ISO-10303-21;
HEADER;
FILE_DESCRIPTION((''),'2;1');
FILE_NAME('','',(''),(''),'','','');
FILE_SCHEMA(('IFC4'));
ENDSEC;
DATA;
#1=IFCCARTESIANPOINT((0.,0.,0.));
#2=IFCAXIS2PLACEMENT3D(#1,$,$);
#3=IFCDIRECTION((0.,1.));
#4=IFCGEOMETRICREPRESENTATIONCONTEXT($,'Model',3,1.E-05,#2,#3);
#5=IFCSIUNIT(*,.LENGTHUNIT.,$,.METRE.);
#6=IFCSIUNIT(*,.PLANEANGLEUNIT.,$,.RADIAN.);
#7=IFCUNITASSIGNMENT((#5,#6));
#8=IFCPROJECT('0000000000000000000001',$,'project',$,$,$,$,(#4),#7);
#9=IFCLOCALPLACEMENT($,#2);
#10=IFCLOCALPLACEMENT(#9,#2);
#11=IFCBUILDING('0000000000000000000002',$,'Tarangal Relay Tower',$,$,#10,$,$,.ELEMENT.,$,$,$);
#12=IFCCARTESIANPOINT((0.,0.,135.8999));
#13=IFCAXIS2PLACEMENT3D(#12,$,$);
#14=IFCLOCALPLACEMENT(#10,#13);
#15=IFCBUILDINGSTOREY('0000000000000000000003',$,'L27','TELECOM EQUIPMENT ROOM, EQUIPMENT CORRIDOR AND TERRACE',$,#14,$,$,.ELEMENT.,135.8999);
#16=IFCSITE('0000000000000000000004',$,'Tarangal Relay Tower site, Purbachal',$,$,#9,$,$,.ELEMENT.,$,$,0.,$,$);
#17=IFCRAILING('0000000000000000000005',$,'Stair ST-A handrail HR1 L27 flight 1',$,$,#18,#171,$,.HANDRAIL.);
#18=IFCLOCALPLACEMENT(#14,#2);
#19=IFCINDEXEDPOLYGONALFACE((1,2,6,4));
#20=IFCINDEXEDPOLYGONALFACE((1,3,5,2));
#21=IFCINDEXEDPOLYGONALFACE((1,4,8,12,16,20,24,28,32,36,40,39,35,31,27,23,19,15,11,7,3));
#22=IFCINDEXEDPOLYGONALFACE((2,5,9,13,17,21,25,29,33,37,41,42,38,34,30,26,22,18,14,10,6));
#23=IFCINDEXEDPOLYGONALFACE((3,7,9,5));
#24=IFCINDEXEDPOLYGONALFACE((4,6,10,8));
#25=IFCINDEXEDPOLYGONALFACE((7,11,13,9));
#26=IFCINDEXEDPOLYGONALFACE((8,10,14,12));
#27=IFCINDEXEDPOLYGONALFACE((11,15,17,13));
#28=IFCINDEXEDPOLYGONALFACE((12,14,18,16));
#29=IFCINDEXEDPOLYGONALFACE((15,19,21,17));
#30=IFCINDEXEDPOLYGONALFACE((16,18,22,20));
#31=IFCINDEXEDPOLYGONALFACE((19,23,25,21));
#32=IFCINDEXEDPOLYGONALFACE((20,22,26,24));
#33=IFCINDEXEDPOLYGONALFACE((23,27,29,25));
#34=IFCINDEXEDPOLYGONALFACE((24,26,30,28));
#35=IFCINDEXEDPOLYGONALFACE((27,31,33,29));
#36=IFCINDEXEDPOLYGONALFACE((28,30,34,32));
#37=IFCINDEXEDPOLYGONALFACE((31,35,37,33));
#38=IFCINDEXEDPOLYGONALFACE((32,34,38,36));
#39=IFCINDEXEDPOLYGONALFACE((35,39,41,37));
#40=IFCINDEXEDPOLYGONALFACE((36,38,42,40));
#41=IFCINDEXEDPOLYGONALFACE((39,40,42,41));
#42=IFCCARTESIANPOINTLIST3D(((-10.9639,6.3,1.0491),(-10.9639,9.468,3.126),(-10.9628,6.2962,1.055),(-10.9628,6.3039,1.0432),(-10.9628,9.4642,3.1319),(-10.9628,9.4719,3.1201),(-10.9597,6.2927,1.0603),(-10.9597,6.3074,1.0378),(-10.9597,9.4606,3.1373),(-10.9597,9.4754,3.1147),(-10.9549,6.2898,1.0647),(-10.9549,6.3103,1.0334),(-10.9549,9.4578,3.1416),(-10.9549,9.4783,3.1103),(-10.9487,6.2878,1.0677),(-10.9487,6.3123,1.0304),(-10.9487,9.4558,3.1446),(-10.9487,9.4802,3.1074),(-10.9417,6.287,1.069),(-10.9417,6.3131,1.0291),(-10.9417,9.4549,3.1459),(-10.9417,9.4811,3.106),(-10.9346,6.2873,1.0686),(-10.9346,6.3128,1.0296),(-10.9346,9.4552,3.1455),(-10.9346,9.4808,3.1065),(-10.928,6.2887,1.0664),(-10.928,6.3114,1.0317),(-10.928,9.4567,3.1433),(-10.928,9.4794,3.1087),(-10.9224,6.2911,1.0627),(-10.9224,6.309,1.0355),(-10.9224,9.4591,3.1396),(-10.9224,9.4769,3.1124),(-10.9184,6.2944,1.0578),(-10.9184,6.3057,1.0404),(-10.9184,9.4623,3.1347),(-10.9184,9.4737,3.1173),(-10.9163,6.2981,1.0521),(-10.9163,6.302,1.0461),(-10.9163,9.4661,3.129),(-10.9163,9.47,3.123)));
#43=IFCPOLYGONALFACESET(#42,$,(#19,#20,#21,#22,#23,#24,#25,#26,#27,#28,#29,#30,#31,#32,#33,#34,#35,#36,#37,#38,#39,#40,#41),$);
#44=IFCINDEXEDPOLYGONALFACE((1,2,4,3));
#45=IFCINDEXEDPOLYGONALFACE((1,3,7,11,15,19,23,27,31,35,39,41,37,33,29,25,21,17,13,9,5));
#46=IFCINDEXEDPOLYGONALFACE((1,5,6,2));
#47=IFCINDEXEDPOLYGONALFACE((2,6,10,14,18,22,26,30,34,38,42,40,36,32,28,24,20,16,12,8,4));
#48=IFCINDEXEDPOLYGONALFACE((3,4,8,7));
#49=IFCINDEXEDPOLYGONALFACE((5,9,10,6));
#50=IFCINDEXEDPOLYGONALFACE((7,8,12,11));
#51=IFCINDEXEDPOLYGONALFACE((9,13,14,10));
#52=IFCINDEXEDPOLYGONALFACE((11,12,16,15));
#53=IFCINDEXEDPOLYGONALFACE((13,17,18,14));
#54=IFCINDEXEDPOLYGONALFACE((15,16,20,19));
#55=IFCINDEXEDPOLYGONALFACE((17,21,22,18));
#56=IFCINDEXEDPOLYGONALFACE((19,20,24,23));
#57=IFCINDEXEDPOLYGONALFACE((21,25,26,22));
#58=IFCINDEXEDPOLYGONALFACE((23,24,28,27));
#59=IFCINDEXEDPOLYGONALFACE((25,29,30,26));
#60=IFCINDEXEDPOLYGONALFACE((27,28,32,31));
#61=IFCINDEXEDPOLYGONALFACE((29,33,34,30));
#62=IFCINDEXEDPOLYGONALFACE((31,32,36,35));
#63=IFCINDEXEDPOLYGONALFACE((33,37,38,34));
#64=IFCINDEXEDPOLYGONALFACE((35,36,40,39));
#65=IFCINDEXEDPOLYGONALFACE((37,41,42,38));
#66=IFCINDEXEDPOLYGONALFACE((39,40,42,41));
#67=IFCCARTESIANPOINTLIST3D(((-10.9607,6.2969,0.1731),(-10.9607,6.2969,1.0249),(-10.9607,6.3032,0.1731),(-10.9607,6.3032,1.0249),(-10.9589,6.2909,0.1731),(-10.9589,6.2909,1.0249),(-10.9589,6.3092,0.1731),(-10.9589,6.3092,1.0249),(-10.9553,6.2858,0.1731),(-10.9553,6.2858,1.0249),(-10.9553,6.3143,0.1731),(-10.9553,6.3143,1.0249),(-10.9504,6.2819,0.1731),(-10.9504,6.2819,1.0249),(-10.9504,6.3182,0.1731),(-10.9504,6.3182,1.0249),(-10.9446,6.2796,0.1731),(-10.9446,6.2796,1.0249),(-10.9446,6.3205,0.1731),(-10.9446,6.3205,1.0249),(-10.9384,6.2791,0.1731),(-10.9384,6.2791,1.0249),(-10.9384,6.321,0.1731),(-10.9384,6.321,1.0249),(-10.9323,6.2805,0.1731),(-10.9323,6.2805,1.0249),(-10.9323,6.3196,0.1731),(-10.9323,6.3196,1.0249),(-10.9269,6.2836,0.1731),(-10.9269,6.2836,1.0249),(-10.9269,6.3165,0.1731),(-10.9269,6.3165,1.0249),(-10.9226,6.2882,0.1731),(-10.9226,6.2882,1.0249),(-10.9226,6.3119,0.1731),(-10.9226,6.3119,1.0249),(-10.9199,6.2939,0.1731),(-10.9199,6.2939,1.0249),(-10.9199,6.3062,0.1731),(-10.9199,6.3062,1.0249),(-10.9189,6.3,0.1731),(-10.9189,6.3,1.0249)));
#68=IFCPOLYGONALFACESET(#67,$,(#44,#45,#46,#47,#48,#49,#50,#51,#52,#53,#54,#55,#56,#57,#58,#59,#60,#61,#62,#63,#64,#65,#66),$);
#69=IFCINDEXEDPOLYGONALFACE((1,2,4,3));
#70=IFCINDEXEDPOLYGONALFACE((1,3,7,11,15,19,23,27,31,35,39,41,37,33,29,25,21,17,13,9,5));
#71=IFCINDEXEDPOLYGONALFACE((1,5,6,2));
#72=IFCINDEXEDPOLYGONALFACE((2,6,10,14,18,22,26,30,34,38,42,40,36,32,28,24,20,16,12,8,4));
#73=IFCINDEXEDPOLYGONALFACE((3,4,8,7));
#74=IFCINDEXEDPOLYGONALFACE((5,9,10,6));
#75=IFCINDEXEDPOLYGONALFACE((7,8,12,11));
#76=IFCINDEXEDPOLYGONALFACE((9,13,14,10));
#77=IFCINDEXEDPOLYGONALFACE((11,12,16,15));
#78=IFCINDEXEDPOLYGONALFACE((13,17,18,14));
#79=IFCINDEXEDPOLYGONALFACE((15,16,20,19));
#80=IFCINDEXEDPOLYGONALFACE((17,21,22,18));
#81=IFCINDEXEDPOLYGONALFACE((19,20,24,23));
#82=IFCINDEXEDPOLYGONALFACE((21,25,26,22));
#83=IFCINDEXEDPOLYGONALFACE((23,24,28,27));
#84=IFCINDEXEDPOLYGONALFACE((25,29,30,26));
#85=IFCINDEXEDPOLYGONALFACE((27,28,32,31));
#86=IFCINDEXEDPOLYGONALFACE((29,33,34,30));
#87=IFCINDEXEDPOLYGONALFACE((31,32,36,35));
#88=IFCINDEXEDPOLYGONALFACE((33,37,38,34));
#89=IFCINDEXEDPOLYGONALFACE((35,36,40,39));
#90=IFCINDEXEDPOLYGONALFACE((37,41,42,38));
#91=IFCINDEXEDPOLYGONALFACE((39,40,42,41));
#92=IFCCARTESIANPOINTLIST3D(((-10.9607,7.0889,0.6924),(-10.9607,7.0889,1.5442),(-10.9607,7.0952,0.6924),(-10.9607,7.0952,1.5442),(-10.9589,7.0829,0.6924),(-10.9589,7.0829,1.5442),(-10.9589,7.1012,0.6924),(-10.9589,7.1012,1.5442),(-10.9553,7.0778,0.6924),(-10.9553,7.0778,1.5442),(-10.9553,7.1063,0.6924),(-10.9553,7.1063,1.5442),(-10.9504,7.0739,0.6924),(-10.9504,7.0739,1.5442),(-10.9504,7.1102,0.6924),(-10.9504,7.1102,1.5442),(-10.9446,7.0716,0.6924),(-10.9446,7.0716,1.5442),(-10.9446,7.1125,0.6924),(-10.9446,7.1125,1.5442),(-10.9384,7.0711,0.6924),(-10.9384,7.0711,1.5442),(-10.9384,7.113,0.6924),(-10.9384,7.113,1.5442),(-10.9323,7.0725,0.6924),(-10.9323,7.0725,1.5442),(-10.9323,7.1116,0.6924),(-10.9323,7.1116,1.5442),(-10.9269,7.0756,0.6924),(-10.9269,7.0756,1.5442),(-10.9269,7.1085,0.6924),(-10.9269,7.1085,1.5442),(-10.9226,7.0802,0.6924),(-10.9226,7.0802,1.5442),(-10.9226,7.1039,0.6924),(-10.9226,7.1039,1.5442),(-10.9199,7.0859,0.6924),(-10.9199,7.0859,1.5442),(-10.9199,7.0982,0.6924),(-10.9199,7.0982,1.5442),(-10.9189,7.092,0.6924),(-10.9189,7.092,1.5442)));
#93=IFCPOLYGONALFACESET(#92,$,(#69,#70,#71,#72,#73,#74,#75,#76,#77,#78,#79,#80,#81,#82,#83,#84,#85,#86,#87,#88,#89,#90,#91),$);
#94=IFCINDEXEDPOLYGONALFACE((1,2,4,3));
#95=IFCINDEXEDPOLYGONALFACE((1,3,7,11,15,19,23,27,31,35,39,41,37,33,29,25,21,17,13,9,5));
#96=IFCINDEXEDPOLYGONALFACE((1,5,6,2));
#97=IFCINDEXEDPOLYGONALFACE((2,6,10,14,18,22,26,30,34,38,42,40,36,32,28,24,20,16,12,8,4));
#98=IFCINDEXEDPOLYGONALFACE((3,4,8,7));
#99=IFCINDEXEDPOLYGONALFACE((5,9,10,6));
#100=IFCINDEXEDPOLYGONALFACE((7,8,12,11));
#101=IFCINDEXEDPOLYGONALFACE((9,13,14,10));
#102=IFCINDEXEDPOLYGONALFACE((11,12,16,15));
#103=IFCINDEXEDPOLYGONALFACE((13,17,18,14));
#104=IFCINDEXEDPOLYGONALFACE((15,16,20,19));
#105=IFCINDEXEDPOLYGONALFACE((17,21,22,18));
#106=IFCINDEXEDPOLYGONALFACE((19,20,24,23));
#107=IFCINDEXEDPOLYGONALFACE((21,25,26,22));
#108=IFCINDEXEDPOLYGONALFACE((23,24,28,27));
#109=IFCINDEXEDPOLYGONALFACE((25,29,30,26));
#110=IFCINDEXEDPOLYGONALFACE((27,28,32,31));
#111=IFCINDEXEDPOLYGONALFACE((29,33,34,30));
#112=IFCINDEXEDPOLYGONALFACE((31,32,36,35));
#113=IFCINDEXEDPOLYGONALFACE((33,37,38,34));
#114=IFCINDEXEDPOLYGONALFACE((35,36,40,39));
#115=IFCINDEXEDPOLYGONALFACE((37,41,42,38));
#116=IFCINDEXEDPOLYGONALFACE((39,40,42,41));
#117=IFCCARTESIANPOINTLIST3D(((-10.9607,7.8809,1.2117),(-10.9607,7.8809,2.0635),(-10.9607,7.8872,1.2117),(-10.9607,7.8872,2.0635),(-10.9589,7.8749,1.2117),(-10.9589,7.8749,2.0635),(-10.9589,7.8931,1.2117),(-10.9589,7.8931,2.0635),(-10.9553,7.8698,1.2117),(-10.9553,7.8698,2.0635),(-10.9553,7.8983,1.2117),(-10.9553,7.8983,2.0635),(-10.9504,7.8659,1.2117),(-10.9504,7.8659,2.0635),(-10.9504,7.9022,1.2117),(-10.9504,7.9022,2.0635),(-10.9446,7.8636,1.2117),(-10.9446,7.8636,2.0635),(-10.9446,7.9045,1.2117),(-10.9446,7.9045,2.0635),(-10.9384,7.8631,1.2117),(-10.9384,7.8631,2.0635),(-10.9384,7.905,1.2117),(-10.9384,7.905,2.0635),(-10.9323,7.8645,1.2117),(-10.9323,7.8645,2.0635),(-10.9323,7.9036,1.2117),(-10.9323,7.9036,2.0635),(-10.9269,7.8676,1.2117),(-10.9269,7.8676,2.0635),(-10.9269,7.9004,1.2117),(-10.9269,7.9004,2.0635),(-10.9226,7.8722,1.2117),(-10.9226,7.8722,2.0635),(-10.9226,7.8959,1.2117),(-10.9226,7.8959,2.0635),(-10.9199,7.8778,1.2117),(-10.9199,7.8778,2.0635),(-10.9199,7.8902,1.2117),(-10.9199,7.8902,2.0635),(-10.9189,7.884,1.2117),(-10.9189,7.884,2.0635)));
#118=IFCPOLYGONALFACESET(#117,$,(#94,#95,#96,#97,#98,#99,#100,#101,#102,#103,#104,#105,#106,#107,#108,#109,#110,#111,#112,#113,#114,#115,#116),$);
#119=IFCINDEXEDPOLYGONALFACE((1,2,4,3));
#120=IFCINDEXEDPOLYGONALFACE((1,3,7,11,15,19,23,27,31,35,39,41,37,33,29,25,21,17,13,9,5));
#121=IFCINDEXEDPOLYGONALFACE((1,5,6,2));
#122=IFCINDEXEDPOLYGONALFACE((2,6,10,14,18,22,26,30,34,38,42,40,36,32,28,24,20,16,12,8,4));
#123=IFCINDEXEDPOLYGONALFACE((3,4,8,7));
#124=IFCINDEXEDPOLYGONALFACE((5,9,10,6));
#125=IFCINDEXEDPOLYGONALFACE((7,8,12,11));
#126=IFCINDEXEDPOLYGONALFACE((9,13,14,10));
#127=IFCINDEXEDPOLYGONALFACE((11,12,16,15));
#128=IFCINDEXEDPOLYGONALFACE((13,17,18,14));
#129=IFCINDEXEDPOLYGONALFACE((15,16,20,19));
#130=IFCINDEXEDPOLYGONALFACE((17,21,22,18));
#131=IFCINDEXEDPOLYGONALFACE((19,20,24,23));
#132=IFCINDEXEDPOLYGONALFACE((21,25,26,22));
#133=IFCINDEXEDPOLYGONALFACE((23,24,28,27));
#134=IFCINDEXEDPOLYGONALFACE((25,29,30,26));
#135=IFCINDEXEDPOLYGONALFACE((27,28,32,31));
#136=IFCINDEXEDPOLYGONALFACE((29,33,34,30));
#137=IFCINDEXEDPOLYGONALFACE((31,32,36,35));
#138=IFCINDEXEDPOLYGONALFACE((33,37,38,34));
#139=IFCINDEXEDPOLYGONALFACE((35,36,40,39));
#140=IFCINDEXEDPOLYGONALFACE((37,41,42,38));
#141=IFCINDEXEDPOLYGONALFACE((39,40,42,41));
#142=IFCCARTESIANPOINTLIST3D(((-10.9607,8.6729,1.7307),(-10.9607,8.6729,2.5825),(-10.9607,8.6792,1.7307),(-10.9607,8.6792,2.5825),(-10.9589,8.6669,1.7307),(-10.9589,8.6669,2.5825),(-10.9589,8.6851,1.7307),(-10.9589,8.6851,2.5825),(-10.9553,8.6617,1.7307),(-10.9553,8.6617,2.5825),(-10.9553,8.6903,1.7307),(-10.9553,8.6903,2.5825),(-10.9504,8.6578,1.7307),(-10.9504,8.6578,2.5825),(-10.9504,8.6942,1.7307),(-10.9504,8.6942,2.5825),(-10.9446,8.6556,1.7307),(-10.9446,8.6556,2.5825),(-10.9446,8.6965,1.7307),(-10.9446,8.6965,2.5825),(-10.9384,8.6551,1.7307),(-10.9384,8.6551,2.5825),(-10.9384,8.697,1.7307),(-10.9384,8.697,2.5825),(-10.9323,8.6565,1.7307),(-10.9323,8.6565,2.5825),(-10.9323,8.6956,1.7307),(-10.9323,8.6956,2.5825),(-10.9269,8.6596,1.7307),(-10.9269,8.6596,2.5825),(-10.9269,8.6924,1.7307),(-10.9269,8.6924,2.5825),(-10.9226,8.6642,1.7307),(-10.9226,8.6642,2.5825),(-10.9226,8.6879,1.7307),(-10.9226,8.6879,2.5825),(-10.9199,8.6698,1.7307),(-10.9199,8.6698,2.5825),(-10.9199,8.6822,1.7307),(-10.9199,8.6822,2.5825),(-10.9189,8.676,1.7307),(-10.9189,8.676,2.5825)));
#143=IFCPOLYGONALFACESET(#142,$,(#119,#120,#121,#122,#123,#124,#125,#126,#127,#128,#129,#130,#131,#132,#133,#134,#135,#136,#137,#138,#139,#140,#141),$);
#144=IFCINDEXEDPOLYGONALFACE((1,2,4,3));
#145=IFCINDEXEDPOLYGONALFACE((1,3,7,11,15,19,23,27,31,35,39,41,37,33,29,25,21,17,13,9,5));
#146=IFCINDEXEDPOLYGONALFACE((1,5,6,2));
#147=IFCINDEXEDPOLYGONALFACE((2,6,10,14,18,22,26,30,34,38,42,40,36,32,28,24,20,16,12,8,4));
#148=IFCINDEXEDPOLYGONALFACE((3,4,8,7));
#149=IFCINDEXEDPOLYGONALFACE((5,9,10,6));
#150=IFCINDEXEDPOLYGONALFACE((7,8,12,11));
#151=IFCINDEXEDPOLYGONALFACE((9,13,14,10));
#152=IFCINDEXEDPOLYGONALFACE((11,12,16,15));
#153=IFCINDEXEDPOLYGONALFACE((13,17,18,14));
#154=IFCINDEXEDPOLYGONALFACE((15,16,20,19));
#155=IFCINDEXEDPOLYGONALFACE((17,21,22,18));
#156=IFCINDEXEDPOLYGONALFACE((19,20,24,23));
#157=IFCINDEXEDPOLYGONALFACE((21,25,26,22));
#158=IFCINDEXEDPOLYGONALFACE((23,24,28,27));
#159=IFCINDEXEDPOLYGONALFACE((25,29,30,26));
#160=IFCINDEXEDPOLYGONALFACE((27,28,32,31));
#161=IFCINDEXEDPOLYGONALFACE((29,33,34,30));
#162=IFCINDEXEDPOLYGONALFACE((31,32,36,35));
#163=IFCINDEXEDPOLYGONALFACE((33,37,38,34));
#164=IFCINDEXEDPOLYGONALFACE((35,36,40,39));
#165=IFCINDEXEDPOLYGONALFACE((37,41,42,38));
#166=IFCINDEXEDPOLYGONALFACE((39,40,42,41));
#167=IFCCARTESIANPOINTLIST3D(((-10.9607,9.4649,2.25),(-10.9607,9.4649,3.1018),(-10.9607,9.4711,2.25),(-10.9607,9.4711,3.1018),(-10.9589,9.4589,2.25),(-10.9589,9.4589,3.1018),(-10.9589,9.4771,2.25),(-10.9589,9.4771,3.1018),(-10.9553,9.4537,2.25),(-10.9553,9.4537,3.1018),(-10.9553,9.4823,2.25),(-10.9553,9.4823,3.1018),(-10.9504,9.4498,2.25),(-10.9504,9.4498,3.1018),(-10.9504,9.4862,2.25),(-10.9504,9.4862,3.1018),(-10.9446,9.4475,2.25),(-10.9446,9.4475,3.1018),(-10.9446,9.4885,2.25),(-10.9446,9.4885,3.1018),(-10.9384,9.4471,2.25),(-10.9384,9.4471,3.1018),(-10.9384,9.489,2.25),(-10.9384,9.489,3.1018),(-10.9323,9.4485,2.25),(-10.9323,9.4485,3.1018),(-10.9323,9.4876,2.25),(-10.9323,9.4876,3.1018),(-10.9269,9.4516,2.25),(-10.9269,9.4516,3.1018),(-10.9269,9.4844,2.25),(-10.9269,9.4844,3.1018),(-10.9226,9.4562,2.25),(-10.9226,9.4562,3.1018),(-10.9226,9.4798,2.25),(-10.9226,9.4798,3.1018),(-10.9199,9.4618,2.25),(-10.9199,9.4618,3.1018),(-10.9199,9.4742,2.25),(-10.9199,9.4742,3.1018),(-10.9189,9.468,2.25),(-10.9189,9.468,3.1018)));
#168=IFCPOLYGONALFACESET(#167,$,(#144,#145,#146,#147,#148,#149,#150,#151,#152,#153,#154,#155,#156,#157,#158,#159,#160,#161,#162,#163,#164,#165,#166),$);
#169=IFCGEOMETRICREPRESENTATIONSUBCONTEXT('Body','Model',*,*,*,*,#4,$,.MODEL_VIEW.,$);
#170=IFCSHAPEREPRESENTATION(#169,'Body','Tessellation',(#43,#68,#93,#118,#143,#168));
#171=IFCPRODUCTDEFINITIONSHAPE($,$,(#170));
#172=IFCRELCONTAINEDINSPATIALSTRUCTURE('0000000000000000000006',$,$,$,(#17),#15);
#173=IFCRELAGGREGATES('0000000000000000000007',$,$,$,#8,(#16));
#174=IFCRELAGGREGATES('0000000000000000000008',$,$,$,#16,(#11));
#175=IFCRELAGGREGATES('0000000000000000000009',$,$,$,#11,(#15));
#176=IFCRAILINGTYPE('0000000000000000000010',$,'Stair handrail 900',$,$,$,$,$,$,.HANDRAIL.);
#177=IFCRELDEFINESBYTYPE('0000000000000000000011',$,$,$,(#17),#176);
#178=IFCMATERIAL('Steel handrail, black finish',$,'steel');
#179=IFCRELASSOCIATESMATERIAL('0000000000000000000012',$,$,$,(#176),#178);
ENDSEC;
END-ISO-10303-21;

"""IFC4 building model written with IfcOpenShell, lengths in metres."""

from ifc_helpers import new_model, si_unit, direction, frame, origin, origin_2d, place, context, subcontext, project, spatial, circle, extrude, material, type_object, element, save


model = new_model("IFC4")

# Units and contexts
model_context = context("Model", 3, precision=1e-05, world=origin(), true_north=direction((0.0, 1.0)))
body_context = subcontext(model_context, "Body", "Model", "MODEL_VIEW")
ifc_project = project(units=[si_unit("LENGTHUNIT", "METRE"), si_unit("PLANEANGLEUNIT", "RADIAN")], contexts=[model_context])

# Site, building, storey
site_placement = place(None, origin())
site = spatial("IfcSite", under=ifc_project, at=site_placement, Name="Tarangal Relay Tower site, Purbachal", CompositionType="ELEMENT", RefElevation=0.0)
building_placement = place(site_placement, origin())
building = spatial("IfcBuilding", under=site, at=building_placement, Name="Tarangal Relay Tower", CompositionType="ELEMENT")
storey_placement = place(building_placement, frame((0.0, 0.0, 135.8999)))
storey = spatial("IfcBuildingStorey", under=building, at=storey_placement, Name="L27", Description="TELECOM EQUIPMENT ROOM, EQUIPMENT CORRIDOR AND TERRACE", CompositionType="ELEMENT", Elevation=135.8999)

# Railing
ifc_material_1 = material(Name="Steel handrail, black finish", Category="steel")
railing_type_1 = type_object("IfcRailingType", Name="Stair handrail 900", PredefinedType="HANDRAIL", material=ifc_material_1)
railing_1_placement = place(storey_placement, frame((-10.9399, 6.3, 0.1731)))
element("IfcRailing", 1, at=railing_1_placement, inside=storey, type_object=railing_type_1, Name="Stair ST-A handrail HR1 L27 flight 1", PredefinedType="HANDRAIL", context=body_context, shape_type="SweptSolid", body=[
    extrude(circle(Radius=0.0239, at=origin_2d()), frame((0.0, 0.0, 0.876), z_axis=(0.0, 0.836299, 0.548273), x_axis=(-1.0, 0.0, 0.0)), (0.0, 0.0, 1.0), 3.7881),
    extrude(circle(Radius=0.021, at=origin_2d()), origin(), (0.0, 0.0, 1.0), 0.8518),
    extrude(circle(Radius=0.021, at=origin_2d()), frame((0.0, 0.792, 0.5193)), (0.0, 0.0, 1.0), 0.8518),
    extrude(circle(Radius=0.021, at=origin_2d()), frame((0.0, 1.584, 1.0386)), (0.0, 0.0, 1.0), 0.8518),
    extrude(circle(Radius=0.021, at=origin_2d()), frame((0.0, 2.376, 1.5576)), (0.0, 0.0, 1.0), 0.8518),
    extrude(circle(Radius=0.021, at=origin_2d()), frame((0.0, 3.168, 2.0769)), (0.0, 0.0, 1.0), 0.8518),
])

save(model, "model.ifc")
